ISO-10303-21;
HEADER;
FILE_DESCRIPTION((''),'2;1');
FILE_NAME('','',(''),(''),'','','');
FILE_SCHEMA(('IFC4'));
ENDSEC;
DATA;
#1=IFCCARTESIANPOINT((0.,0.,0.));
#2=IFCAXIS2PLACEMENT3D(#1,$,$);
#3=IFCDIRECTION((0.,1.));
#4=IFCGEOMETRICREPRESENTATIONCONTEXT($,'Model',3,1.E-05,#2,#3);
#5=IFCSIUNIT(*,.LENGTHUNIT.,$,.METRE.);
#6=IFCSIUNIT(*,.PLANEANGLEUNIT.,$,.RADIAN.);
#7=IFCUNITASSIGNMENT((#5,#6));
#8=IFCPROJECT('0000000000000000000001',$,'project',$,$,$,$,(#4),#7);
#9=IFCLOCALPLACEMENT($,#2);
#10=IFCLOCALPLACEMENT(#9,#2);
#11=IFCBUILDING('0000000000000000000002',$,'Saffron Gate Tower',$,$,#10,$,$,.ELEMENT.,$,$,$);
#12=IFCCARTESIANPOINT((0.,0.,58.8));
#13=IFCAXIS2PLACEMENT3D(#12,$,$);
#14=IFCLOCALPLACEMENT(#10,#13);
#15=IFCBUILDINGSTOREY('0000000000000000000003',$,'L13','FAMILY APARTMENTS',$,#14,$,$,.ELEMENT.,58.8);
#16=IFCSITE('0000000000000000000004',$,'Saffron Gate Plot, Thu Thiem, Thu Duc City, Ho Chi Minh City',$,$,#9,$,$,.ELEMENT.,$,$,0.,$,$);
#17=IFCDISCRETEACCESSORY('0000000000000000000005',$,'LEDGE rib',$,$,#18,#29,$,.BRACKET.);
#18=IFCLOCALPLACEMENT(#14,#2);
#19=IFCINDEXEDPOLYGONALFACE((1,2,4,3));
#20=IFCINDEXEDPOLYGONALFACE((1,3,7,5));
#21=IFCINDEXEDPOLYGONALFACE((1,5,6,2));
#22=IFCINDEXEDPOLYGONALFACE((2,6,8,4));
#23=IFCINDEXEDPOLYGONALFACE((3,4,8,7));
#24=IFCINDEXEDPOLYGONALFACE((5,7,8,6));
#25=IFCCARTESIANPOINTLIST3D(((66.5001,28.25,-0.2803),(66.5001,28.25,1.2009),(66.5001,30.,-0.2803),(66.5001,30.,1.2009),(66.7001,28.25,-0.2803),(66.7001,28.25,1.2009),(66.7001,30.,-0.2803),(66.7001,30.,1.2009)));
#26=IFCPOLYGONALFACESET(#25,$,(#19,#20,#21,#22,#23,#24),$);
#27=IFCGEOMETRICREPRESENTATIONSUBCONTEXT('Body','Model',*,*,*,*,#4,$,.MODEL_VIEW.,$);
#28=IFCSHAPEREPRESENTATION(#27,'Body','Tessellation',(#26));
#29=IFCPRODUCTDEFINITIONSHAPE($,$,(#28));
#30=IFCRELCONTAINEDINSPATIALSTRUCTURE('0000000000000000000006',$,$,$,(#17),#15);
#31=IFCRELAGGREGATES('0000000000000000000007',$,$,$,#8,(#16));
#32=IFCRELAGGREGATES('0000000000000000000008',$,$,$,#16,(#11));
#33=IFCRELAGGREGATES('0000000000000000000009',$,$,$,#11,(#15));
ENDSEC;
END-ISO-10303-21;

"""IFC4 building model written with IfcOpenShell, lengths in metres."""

from ifc_helpers import new_model, si_unit, direction, frame, origin, origin_2d, place, context, subcontext, project, spatial, rectangle, extrude, element, save


model = new_model("IFC4")

# Units and contexts
model_context = context("Model", 3, precision=1e-05, world=origin(), true_north=direction((0.0, 1.0)))
body_context = subcontext(model_context, "Body", "Model", "MODEL_VIEW")
ifc_project = project(units=[si_unit("LENGTHUNIT", "METRE"), si_unit("PLANEANGLEUNIT", "RADIAN")], contexts=[model_context])

# Site, building, storey
site_placement = place(None, origin())
site = spatial("IfcSite", under=ifc_project, at=site_placement, Name="Saffron Gate Plot, Thu Thiem, Thu Duc City, Ho Chi Minh City", CompositionType="ELEMENT", RefElevation=0.0)
building_placement = place(site_placement, origin())
building = spatial("IfcBuilding", under=site, at=building_placement, Name="Saffron Gate Tower", CompositionType="ELEMENT")
storey_placement = place(building_placement, frame((0.0, 0.0, 58.8)))
storey = spatial("IfcBuildingStorey", under=building, at=storey_placement, Name="L13", Description="FAMILY APARTMENTS", CompositionType="ELEMENT", Elevation=58.8)

# Discrete accessory
discrete_accessory_1_placement = place(storey_placement, frame((66.6001, 29.125, -0.2803), z_axis=(0.0, 0.0, 1.0), x_axis=(1.0, 0.0, 0.0)))
element("IfcDiscreteAccessory", 1, at=discrete_accessory_1_placement, inside=storey, Name="LEDGE rib", PredefinedType="BRACKET", context=body_context, shape_type="SweptSolid", body=[
    extrude(rectangle(XDim=0.2, YDim=1.75, at=origin_2d()), origin(), (0.0, 0.0, 1.0), 1.4812),
])

save(model, "model.ifc")
